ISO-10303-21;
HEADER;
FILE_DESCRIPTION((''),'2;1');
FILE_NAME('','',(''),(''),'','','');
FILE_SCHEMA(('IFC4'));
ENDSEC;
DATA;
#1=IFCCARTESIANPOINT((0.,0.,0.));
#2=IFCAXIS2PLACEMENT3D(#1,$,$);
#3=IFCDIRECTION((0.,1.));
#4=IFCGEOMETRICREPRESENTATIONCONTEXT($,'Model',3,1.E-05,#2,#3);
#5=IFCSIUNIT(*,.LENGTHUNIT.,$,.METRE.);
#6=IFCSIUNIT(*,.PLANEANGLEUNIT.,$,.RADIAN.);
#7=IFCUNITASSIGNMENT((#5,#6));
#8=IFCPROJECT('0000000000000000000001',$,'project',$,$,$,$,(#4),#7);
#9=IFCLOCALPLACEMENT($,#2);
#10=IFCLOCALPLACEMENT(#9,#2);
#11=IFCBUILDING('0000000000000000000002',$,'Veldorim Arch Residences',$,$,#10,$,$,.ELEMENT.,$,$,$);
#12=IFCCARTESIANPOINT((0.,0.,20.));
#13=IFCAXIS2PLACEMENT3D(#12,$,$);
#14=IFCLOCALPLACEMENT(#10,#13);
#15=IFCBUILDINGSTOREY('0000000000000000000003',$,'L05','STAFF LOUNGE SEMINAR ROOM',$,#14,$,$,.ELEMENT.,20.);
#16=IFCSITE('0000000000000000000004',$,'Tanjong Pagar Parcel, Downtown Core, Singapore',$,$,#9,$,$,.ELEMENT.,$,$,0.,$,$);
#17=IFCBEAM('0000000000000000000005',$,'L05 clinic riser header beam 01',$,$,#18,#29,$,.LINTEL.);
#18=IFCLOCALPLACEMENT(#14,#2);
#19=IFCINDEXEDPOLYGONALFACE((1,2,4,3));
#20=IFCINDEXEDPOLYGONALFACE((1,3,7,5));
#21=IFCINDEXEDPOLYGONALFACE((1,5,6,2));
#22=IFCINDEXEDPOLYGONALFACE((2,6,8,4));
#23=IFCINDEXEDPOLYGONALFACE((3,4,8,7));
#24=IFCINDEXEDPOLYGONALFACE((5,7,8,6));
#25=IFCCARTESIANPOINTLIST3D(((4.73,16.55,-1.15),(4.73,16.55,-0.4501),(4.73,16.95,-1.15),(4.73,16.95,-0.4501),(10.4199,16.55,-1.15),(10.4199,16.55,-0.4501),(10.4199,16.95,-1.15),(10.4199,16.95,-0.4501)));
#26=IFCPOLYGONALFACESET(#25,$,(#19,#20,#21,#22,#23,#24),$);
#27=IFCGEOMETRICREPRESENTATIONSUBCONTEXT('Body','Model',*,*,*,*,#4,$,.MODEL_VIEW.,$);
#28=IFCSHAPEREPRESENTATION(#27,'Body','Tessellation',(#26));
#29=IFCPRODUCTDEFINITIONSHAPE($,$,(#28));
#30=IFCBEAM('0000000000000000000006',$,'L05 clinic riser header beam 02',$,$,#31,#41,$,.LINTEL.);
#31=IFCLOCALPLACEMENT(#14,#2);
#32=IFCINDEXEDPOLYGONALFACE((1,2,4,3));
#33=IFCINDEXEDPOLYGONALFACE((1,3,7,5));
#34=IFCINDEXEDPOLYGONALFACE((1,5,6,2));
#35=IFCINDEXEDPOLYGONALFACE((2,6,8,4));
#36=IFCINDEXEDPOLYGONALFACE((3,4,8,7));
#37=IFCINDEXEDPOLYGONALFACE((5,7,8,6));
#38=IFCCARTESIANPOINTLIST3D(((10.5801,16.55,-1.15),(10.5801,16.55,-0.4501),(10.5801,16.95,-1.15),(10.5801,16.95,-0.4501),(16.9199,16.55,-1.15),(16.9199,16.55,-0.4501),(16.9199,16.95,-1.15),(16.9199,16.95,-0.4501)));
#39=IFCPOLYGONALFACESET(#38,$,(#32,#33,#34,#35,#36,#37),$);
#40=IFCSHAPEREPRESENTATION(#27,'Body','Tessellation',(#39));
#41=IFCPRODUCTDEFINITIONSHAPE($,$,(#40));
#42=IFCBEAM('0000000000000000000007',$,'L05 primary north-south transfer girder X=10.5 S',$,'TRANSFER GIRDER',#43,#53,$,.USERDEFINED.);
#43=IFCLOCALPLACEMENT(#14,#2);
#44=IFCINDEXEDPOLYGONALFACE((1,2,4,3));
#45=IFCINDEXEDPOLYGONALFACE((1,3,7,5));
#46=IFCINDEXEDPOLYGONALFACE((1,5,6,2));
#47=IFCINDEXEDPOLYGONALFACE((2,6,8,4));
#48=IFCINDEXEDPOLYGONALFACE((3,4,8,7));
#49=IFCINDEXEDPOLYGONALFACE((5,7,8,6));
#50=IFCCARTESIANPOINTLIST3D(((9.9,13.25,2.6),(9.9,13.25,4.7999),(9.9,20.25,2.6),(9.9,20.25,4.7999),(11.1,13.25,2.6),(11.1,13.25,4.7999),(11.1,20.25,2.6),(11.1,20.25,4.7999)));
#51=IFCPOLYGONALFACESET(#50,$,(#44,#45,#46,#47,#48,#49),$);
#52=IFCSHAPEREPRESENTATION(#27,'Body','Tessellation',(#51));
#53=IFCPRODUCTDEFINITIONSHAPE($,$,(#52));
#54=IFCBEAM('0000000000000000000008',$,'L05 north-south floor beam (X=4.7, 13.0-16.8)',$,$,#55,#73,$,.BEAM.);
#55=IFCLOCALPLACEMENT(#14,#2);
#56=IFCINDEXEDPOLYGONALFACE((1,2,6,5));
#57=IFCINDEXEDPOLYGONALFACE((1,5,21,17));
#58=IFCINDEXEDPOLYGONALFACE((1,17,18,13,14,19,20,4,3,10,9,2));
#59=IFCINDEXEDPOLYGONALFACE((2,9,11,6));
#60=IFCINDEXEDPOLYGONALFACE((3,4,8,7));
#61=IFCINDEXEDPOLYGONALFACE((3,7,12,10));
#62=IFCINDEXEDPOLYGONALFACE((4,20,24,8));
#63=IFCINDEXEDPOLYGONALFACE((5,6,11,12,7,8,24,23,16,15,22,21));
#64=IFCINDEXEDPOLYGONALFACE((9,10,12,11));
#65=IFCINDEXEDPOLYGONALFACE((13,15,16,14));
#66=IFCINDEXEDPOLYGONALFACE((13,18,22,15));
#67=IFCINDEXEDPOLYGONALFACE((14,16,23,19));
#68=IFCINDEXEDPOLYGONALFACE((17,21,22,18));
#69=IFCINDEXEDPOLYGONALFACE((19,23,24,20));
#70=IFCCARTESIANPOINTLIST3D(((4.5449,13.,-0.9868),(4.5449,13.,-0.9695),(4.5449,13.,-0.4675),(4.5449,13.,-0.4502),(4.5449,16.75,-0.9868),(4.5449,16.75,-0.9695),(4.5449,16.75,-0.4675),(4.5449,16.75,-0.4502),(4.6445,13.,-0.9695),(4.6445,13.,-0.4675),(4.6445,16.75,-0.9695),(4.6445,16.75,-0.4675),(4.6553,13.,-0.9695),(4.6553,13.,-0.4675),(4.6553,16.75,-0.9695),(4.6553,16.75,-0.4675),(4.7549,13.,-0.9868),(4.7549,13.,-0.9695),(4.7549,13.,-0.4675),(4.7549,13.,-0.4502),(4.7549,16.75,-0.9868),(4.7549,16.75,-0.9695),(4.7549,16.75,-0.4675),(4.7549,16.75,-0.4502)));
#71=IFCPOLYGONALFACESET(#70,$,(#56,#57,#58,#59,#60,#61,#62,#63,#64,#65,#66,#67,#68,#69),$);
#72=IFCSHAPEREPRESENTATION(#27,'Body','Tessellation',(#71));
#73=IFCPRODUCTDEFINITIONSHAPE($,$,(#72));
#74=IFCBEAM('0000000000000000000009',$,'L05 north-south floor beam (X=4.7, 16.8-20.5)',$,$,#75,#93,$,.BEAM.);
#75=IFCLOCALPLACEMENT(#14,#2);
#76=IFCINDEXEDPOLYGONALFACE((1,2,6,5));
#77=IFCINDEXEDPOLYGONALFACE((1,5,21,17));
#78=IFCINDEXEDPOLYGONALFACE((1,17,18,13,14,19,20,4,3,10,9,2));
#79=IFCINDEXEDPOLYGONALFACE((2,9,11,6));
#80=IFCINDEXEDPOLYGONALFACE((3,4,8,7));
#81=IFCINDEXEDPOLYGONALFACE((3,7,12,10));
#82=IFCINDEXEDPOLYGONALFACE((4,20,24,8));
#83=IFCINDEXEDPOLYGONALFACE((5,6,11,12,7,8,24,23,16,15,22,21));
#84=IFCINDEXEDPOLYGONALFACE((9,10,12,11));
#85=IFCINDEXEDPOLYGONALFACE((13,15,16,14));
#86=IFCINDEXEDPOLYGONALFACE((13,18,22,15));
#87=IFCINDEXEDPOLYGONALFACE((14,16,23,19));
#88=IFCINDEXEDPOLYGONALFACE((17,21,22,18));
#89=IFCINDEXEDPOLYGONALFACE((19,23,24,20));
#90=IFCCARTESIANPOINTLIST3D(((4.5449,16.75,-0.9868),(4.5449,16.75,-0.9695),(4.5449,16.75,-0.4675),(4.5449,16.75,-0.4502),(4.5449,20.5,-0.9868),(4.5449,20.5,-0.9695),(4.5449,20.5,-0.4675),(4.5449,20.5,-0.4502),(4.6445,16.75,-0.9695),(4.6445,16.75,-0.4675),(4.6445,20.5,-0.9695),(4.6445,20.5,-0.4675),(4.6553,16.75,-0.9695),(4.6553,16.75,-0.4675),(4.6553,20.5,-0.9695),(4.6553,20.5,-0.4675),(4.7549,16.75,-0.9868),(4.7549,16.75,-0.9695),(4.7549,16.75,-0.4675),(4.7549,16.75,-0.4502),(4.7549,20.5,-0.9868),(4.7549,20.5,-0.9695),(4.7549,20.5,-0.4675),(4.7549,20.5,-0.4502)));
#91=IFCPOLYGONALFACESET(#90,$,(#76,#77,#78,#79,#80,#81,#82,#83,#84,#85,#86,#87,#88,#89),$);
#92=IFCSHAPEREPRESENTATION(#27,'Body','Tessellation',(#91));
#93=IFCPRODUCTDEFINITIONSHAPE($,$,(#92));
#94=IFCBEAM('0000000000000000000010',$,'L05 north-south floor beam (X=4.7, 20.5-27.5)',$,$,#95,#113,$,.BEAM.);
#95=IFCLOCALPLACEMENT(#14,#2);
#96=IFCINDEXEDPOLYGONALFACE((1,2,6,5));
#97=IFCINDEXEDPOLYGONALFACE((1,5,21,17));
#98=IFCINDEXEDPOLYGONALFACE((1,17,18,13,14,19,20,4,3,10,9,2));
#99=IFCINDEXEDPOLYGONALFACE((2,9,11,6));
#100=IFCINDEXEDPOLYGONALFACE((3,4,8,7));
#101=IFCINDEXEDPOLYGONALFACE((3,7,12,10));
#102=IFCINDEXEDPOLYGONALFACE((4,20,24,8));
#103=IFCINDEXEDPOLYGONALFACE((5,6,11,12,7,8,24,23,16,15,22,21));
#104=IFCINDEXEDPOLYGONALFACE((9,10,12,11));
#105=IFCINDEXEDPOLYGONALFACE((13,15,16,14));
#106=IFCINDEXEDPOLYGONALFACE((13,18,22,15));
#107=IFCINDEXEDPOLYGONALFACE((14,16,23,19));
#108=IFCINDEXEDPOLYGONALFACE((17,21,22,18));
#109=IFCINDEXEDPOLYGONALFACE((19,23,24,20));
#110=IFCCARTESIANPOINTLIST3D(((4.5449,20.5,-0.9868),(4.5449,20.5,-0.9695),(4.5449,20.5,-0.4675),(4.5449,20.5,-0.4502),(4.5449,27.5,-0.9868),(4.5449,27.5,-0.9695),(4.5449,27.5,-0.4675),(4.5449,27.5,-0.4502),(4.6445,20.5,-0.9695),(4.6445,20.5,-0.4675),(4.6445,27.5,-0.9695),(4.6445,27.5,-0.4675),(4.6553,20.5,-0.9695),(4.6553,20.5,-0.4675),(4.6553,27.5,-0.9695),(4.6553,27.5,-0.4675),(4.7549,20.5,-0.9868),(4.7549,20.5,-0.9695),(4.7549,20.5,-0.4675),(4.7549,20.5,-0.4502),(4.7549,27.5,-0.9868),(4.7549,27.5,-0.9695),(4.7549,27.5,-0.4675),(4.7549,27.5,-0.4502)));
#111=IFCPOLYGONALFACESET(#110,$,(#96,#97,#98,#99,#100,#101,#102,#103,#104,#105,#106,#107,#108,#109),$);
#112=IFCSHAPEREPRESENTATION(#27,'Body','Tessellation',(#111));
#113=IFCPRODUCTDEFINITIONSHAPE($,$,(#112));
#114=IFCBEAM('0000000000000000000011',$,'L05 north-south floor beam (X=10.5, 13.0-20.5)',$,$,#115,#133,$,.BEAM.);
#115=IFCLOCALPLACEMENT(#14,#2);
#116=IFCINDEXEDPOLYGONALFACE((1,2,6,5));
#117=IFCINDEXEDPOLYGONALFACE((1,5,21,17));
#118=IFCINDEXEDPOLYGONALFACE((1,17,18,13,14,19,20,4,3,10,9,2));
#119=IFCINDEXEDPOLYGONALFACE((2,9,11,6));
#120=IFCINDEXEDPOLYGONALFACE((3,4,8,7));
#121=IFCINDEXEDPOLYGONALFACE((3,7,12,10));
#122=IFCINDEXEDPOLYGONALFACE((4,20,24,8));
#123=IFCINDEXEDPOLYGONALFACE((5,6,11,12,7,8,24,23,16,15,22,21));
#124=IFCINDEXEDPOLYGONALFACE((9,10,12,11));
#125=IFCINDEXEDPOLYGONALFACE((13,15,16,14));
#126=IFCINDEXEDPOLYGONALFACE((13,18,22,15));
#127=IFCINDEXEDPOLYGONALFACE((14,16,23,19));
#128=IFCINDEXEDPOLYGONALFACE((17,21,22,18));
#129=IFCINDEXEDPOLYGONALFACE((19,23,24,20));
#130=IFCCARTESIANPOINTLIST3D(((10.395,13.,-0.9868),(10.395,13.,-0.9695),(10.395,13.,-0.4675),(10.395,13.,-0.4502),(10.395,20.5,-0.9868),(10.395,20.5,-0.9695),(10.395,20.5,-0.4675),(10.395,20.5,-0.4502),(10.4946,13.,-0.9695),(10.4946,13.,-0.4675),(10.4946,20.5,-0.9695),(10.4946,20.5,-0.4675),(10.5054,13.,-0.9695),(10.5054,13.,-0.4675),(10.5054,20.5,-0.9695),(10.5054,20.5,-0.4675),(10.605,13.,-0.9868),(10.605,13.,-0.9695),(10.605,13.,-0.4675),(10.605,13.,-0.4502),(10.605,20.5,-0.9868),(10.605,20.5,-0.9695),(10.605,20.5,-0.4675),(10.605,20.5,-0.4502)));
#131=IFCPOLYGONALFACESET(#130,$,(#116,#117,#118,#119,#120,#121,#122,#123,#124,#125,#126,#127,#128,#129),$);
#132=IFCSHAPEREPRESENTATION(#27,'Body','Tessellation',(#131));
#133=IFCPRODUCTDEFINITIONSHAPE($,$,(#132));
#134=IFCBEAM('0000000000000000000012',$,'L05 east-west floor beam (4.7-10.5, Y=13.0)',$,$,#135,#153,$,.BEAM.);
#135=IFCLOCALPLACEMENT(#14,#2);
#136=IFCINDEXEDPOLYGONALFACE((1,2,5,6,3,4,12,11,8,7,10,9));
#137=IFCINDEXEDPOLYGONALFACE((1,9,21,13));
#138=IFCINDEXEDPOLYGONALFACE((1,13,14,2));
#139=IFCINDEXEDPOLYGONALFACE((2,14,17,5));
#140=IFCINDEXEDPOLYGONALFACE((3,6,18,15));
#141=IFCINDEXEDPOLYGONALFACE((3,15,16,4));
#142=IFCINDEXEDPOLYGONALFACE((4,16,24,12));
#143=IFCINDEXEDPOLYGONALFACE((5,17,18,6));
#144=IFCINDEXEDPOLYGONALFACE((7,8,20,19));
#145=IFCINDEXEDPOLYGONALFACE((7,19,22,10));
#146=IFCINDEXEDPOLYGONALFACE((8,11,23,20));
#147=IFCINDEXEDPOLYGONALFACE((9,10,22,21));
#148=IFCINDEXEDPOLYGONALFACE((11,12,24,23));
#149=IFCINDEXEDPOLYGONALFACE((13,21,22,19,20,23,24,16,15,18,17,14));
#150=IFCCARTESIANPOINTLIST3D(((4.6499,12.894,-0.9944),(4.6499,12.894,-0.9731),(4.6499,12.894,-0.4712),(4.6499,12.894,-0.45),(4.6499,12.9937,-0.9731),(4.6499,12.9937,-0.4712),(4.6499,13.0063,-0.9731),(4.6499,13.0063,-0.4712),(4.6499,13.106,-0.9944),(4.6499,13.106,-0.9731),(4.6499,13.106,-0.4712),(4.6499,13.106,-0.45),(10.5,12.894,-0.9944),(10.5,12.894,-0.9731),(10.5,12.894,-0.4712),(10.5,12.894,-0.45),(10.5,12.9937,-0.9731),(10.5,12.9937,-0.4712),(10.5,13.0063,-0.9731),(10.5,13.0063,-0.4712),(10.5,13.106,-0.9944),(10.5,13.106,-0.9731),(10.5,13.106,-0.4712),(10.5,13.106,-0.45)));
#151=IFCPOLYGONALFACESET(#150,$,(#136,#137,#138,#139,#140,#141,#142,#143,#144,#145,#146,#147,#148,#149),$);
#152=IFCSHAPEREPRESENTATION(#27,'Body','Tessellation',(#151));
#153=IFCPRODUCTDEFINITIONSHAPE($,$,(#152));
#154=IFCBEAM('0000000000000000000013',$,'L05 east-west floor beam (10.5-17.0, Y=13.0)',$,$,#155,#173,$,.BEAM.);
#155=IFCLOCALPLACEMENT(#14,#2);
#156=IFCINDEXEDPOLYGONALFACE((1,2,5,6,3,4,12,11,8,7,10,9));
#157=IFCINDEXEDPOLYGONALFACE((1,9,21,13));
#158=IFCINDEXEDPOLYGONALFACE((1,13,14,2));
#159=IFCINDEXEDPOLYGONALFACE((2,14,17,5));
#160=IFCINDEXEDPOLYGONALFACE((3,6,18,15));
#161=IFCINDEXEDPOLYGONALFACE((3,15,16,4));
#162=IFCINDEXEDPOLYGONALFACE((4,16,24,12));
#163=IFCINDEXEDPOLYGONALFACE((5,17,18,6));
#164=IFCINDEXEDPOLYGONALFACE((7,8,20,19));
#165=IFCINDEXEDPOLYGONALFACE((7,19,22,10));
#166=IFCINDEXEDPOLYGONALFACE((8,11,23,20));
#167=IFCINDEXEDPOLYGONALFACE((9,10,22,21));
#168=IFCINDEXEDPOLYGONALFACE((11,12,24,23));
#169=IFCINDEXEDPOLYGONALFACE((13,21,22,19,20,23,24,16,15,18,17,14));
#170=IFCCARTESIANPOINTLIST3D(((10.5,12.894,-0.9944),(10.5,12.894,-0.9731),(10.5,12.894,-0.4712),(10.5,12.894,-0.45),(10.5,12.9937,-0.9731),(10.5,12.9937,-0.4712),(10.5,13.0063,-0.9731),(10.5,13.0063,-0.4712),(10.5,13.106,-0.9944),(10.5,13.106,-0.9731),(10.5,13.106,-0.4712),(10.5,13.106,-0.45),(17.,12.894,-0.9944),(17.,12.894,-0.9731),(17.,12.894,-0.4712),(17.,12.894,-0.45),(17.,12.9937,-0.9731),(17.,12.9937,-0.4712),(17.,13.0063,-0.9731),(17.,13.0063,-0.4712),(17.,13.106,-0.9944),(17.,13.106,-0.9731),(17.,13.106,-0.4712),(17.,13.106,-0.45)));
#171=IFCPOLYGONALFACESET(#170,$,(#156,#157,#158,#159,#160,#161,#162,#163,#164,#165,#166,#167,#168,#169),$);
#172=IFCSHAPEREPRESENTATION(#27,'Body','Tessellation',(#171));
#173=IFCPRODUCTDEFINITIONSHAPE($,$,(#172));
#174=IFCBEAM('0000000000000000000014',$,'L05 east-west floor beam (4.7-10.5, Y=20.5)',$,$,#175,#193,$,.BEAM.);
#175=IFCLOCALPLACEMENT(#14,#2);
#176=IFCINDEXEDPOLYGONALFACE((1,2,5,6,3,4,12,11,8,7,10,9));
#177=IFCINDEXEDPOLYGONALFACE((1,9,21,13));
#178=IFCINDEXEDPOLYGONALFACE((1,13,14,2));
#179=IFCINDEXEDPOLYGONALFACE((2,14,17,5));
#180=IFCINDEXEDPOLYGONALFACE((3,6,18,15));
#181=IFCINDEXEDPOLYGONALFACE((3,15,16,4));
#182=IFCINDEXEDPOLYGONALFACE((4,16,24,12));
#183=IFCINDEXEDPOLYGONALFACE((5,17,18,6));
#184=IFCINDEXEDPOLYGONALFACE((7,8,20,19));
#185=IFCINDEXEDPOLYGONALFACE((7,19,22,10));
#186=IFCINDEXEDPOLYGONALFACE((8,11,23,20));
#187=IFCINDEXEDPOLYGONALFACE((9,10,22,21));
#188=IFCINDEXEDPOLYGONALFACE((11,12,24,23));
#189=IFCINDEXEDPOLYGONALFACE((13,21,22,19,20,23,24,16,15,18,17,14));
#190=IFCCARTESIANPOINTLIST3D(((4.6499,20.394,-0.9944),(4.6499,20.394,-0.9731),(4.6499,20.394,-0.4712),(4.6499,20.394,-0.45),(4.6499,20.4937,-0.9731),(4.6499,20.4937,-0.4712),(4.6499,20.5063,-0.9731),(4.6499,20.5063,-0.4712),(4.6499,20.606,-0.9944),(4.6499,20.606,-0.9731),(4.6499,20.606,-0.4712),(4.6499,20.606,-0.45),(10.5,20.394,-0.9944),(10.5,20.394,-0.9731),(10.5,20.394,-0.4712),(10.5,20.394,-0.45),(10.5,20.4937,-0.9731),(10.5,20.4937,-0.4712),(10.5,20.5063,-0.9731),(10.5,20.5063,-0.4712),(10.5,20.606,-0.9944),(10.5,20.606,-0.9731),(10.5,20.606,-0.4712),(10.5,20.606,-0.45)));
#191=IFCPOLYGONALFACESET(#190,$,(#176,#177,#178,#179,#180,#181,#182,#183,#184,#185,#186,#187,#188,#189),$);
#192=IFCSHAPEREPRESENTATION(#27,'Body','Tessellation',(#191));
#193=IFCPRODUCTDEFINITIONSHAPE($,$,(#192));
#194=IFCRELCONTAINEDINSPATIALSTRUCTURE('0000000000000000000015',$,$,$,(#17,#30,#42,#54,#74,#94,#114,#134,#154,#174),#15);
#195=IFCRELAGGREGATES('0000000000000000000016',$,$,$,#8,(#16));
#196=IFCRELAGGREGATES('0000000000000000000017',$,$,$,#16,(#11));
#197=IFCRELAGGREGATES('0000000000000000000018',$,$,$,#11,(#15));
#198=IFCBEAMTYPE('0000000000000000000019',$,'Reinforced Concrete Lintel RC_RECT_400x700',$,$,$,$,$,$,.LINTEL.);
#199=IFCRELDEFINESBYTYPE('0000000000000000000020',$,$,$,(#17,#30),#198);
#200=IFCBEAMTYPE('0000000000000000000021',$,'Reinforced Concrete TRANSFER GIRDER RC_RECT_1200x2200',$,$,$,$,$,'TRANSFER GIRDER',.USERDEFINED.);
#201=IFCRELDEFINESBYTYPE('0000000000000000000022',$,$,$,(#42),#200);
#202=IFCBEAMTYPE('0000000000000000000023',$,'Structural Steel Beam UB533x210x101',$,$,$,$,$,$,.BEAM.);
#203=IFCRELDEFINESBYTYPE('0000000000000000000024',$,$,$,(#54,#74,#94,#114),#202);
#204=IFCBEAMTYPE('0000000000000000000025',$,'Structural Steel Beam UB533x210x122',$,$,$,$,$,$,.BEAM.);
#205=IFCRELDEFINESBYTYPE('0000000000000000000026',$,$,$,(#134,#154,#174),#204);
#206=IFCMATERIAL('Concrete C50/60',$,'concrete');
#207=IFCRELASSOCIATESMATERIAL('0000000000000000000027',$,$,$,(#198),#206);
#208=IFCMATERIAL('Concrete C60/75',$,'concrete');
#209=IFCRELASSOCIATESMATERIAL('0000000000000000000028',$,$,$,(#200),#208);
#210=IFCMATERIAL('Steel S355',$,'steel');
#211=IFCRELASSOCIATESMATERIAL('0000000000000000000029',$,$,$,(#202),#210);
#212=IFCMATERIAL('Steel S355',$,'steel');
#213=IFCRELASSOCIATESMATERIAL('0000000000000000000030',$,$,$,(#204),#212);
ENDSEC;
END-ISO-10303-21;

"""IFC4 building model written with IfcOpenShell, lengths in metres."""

from ifc_helpers import new_model, si_unit, direction, frame, origin, origin_2d, place, context, subcontext, project, spatial, rectangle, i_section, extrude, material, material_profile, profile_set, type_object, element, save


model = new_model("IFC4")

# Units and contexts
model_context = context("Model", 3, precision=1e-05, world=origin(), true_north=direction((0.0, 1.0)))
body_context = subcontext(model_context, "Body", "Model", "MODEL_VIEW")
ifc_project = project(units=[si_unit("LENGTHUNIT", "METRE"), si_unit("PLANEANGLEUNIT", "RADIAN")], contexts=[model_context])

# Site, building, storey
site_placement = place(None, origin())
site = spatial("IfcSite", under=ifc_project, at=site_placement, Name="Tanjong Pagar Parcel, Downtown Core, Singapore", CompositionType="ELEMENT", RefElevation=0.0)
building_placement = place(site_placement, origin())
building = spatial("IfcBuilding", under=site, at=building_placement, Name="Veldorim Arch Residences", CompositionType="ELEMENT")
storey_placement = place(building_placement, frame((0.0, 0.0, 20.0)))
storey = spatial("IfcBuildingStorey", under=building, at=storey_placement, Name="L05", Description="STAFF LOUNGE SEMINAR ROOM", CompositionType="ELEMENT", Elevation=20.0)

# Beams
ifc_material_1 = material(Name="Concrete C50/60", Category="concrete")
ifc_material_profile_1 = material_profile(ifc_material_1, rectangle(XDim=0.3999, YDim=0.7, at=origin_2d()), Name="RC_RECT_400x700")
ifc_profile_set_1 = profile_set([ifc_material_profile_1], Name="Concrete C50/60")
beam_type_1 = type_object("IfcBeamType", Name="Reinforced Concrete Lintel RC_RECT_400x700", PredefinedType="LINTEL", material=ifc_profile_set_1)
beam_1_placement = place(storey_placement, frame((4.73, 16.75, -0.8), z_axis=(1.0, 0.0, 0.0), x_axis=(0.0, 1.0, 0.0)))
element("IfcBeam", 1, at=beam_1_placement, inside=storey, type_object=beam_type_1, Name="L05 clinic riser header beam 01", PredefinedType="LINTEL", context=body_context, shape_type="SweptSolid", body=[
    extrude(rectangle(XDim=0.3999, YDim=0.7, at=origin_2d()), origin(), (0.0, 0.0, 1.0), 5.6899),
])
beam_2_placement = place(storey_placement, frame((10.5801, 16.75, -0.8), z_axis=(1.0, 0.0, 0.0), x_axis=(0.0, 1.0, 0.0)))
element("IfcBeam", 2, at=beam_2_placement, inside=storey, type_object=beam_type_1, Name="L05 clinic riser header beam 02", PredefinedType="LINTEL", context=body_context, shape_type="SweptSolid", body=[
    extrude(rectangle(XDim=0.3999, YDim=0.7, at=origin_2d()), origin(), (0.0, 0.0, 1.0), 6.3398),
])
ifc_material_2 = material(Name="Concrete C60/75", Category="concrete")
ifc_material_profile_2 = material_profile(ifc_material_2, rectangle(XDim=1.2, YDim=2.2, at=origin_2d()), Name="RC_RECT_1200x2200")
ifc_profile_set_2 = profile_set([ifc_material_profile_2], Name="Concrete C60/75")
beam_type_2 = type_object("IfcBeamType", Name="Reinforced Concrete TRANSFER GIRDER RC_RECT_1200x2200", ElementType="TRANSFER GIRDER", PredefinedType="USERDEFINED", material=ifc_profile_set_2)
beam_3_placement = place(storey_placement, frame((10.5, 13.25, 3.7), z_axis=(0.0, 1.0, 0.0), x_axis=(-1.0, 0.0, 0.0)))
element("IfcBeam", 3, at=beam_3_placement, inside=storey, type_object=beam_type_2, Name="L05 primary north-south transfer girder X=10.5 S", ObjectType="TRANSFER GIRDER", PredefinedType="USERDEFINED", context=body_context, shape_type="SweptSolid", body=[
    extrude(rectangle(XDim=1.2, YDim=2.2, at=origin_2d()), origin(), (0.0, 0.0, 1.0), 7.0),
])
ifc_material_3 = material(Name="Steel S355", Category="steel")
ifc_material_profile_3 = material_profile(ifc_material_3, i_section(OverallWidth=0.21, OverallDepth=0.5366, WebThickness=0.0107, FlangeThickness=0.0173, at=origin_2d()), Name="UB533x210x101")
ifc_profile_set_3 = profile_set([ifc_material_profile_3], Name="Steel S355")
beam_type_3 = type_object("IfcBeamType", Name="Structural Steel Beam UB533x210x101", PredefinedType="BEAM", material=ifc_profile_set_3)
for number, where, z_axis, x_axis, name in (
    (4, (4.6499, 13.0, -0.7185), (0.0, 1.0, 0.0), (-1.0, 0.0, 0.0), "L05 north-south floor beam (X=4.7, 13.0-16.8)"),
    (5, (4.6499, 16.75, -0.7185), (0.0, 1.0, 0.0), (-1.0, 0.0, 0.0), "L05 north-south floor beam (X=4.7, 16.8-20.5)"),
):
    element("IfcBeam", number, at=place(storey_placement, frame(where, z_axis=z_axis, x_axis=x_axis)), inside=storey, type_object=beam_type_3, Name=name, PredefinedType="BEAM", context=body_context, shape_type="SweptSolid", body=[
        extrude(i_section(OverallWidth=0.21, OverallDepth=0.5366, WebThickness=0.0107, FlangeThickness=0.0173, at=origin_2d()), origin(), (0.0, 0.0, 1.0), 3.75),
    ])
beam_4_placement = place(storey_placement, frame((4.6499, 20.5, -0.7185), z_axis=(0.0, 1.0, 0.0), x_axis=(-1.0, 0.0, 0.0)))
element("IfcBeam", 6, at=beam_4_placement, inside=storey, type_object=beam_type_3, Name="L05 north-south floor beam (X=4.7, 20.5-27.5)", PredefinedType="BEAM", context=body_context, shape_type="SweptSolid", body=[
    extrude(i_section(OverallWidth=0.21, OverallDepth=0.5366, WebThickness=0.0107, FlangeThickness=0.0173, at=origin_2d()), origin(), (0.0, 0.0, 1.0), 7.0),
])
beam_5_placement = place(storey_placement, frame((10.5, 13.0, -0.7185), z_axis=(0.0, 1.0, 0.0), x_axis=(-1.0, 0.0, 0.0)))
element("IfcBeam", 7, at=beam_5_placement, inside=storey, type_object=beam_type_3, Name="L05 north-south floor beam (X=10.5, 13.0-20.5)", PredefinedType="BEAM", context=body_context, shape_type="SweptSolid", body=[
    extrude(i_section(OverallWidth=0.21, OverallDepth=0.5366, WebThickness=0.0107, FlangeThickness=0.0173, at=origin_2d()), origin(), (0.0, 0.0, 1.0), 7.5),
])
ifc_material_4 = material(Name="Steel S355", Category="steel")
ifc_material_profile_4 = material_profile(ifc_material_4, i_section(OverallWidth=0.2119, OverallDepth=0.5444, WebThickness=0.0127, FlangeThickness=0.0212, at=origin_2d()), Name="UB533x210x122")
ifc_profile_set_4 = profile_set([ifc_material_profile_4], Name="Steel S355")
beam_type_4 = type_object("IfcBeamType", Name="Structural Steel Beam UB533x210x122", PredefinedType="BEAM", material=ifc_profile_set_4)
beam_6_placement = place(storey_placement, frame((4.6499, 13.0, -0.7222), z_axis=(1.0, 0.0, 0.0), x_axis=(0.0, 1.0, 0.0)))
element("IfcBeam", 8, at=beam_6_placement, inside=storey, type_object=beam_type_4, Name="L05 east-west floor beam (4.7-10.5, Y=13.0)", PredefinedType="BEAM", context=body_context, shape_type="SweptSolid", body=[
    extrude(i_section(OverallWidth=0.2119, OverallDepth=0.5444, WebThickness=0.0127, FlangeThickness=0.0212, at=origin_2d()), origin(), (0.0, 0.0, 1.0), 5.8501),
])
beam_7_placement = place(storey_placement, frame((10.5, 13.0, -0.7222), z_axis=(1.0, 0.0, 0.0), x_axis=(0.0, 1.0, 0.0)))
element("IfcBeam", 9, at=beam_7_placement, inside=storey, type_object=beam_type_4, Name="L05 east-west floor beam (10.5-17.0, Y=13.0)", PredefinedType="BEAM", context=body_context, shape_type="SweptSolid", body=[
    extrude(i_section(OverallWidth=0.2119, OverallDepth=0.5444, WebThickness=0.0127, FlangeThickness=0.0212, at=origin_2d()), origin(), (0.0, 0.0, 1.0), 6.5),
])
beam_8_placement = place(storey_placement, frame((4.6499, 20.5, -0.7222), z_axis=(1.0, 0.0, 0.0), x_axis=(0.0, 1.0, 0.0)))
element("IfcBeam", 10, at=beam_8_placement, inside=storey, type_object=beam_type_4, Name="L05 east-west floor beam (4.7-10.5, Y=20.5)", PredefinedType="BEAM", context=body_context, shape_type="SweptSolid", body=[
    extrude(i_section(OverallWidth=0.2119, OverallDepth=0.5444, WebThickness=0.0127, FlangeThickness=0.0212, at=origin_2d()), origin(), (0.0, 0.0, 1.0), 5.8501),
])

save(model, "model.ifc")
